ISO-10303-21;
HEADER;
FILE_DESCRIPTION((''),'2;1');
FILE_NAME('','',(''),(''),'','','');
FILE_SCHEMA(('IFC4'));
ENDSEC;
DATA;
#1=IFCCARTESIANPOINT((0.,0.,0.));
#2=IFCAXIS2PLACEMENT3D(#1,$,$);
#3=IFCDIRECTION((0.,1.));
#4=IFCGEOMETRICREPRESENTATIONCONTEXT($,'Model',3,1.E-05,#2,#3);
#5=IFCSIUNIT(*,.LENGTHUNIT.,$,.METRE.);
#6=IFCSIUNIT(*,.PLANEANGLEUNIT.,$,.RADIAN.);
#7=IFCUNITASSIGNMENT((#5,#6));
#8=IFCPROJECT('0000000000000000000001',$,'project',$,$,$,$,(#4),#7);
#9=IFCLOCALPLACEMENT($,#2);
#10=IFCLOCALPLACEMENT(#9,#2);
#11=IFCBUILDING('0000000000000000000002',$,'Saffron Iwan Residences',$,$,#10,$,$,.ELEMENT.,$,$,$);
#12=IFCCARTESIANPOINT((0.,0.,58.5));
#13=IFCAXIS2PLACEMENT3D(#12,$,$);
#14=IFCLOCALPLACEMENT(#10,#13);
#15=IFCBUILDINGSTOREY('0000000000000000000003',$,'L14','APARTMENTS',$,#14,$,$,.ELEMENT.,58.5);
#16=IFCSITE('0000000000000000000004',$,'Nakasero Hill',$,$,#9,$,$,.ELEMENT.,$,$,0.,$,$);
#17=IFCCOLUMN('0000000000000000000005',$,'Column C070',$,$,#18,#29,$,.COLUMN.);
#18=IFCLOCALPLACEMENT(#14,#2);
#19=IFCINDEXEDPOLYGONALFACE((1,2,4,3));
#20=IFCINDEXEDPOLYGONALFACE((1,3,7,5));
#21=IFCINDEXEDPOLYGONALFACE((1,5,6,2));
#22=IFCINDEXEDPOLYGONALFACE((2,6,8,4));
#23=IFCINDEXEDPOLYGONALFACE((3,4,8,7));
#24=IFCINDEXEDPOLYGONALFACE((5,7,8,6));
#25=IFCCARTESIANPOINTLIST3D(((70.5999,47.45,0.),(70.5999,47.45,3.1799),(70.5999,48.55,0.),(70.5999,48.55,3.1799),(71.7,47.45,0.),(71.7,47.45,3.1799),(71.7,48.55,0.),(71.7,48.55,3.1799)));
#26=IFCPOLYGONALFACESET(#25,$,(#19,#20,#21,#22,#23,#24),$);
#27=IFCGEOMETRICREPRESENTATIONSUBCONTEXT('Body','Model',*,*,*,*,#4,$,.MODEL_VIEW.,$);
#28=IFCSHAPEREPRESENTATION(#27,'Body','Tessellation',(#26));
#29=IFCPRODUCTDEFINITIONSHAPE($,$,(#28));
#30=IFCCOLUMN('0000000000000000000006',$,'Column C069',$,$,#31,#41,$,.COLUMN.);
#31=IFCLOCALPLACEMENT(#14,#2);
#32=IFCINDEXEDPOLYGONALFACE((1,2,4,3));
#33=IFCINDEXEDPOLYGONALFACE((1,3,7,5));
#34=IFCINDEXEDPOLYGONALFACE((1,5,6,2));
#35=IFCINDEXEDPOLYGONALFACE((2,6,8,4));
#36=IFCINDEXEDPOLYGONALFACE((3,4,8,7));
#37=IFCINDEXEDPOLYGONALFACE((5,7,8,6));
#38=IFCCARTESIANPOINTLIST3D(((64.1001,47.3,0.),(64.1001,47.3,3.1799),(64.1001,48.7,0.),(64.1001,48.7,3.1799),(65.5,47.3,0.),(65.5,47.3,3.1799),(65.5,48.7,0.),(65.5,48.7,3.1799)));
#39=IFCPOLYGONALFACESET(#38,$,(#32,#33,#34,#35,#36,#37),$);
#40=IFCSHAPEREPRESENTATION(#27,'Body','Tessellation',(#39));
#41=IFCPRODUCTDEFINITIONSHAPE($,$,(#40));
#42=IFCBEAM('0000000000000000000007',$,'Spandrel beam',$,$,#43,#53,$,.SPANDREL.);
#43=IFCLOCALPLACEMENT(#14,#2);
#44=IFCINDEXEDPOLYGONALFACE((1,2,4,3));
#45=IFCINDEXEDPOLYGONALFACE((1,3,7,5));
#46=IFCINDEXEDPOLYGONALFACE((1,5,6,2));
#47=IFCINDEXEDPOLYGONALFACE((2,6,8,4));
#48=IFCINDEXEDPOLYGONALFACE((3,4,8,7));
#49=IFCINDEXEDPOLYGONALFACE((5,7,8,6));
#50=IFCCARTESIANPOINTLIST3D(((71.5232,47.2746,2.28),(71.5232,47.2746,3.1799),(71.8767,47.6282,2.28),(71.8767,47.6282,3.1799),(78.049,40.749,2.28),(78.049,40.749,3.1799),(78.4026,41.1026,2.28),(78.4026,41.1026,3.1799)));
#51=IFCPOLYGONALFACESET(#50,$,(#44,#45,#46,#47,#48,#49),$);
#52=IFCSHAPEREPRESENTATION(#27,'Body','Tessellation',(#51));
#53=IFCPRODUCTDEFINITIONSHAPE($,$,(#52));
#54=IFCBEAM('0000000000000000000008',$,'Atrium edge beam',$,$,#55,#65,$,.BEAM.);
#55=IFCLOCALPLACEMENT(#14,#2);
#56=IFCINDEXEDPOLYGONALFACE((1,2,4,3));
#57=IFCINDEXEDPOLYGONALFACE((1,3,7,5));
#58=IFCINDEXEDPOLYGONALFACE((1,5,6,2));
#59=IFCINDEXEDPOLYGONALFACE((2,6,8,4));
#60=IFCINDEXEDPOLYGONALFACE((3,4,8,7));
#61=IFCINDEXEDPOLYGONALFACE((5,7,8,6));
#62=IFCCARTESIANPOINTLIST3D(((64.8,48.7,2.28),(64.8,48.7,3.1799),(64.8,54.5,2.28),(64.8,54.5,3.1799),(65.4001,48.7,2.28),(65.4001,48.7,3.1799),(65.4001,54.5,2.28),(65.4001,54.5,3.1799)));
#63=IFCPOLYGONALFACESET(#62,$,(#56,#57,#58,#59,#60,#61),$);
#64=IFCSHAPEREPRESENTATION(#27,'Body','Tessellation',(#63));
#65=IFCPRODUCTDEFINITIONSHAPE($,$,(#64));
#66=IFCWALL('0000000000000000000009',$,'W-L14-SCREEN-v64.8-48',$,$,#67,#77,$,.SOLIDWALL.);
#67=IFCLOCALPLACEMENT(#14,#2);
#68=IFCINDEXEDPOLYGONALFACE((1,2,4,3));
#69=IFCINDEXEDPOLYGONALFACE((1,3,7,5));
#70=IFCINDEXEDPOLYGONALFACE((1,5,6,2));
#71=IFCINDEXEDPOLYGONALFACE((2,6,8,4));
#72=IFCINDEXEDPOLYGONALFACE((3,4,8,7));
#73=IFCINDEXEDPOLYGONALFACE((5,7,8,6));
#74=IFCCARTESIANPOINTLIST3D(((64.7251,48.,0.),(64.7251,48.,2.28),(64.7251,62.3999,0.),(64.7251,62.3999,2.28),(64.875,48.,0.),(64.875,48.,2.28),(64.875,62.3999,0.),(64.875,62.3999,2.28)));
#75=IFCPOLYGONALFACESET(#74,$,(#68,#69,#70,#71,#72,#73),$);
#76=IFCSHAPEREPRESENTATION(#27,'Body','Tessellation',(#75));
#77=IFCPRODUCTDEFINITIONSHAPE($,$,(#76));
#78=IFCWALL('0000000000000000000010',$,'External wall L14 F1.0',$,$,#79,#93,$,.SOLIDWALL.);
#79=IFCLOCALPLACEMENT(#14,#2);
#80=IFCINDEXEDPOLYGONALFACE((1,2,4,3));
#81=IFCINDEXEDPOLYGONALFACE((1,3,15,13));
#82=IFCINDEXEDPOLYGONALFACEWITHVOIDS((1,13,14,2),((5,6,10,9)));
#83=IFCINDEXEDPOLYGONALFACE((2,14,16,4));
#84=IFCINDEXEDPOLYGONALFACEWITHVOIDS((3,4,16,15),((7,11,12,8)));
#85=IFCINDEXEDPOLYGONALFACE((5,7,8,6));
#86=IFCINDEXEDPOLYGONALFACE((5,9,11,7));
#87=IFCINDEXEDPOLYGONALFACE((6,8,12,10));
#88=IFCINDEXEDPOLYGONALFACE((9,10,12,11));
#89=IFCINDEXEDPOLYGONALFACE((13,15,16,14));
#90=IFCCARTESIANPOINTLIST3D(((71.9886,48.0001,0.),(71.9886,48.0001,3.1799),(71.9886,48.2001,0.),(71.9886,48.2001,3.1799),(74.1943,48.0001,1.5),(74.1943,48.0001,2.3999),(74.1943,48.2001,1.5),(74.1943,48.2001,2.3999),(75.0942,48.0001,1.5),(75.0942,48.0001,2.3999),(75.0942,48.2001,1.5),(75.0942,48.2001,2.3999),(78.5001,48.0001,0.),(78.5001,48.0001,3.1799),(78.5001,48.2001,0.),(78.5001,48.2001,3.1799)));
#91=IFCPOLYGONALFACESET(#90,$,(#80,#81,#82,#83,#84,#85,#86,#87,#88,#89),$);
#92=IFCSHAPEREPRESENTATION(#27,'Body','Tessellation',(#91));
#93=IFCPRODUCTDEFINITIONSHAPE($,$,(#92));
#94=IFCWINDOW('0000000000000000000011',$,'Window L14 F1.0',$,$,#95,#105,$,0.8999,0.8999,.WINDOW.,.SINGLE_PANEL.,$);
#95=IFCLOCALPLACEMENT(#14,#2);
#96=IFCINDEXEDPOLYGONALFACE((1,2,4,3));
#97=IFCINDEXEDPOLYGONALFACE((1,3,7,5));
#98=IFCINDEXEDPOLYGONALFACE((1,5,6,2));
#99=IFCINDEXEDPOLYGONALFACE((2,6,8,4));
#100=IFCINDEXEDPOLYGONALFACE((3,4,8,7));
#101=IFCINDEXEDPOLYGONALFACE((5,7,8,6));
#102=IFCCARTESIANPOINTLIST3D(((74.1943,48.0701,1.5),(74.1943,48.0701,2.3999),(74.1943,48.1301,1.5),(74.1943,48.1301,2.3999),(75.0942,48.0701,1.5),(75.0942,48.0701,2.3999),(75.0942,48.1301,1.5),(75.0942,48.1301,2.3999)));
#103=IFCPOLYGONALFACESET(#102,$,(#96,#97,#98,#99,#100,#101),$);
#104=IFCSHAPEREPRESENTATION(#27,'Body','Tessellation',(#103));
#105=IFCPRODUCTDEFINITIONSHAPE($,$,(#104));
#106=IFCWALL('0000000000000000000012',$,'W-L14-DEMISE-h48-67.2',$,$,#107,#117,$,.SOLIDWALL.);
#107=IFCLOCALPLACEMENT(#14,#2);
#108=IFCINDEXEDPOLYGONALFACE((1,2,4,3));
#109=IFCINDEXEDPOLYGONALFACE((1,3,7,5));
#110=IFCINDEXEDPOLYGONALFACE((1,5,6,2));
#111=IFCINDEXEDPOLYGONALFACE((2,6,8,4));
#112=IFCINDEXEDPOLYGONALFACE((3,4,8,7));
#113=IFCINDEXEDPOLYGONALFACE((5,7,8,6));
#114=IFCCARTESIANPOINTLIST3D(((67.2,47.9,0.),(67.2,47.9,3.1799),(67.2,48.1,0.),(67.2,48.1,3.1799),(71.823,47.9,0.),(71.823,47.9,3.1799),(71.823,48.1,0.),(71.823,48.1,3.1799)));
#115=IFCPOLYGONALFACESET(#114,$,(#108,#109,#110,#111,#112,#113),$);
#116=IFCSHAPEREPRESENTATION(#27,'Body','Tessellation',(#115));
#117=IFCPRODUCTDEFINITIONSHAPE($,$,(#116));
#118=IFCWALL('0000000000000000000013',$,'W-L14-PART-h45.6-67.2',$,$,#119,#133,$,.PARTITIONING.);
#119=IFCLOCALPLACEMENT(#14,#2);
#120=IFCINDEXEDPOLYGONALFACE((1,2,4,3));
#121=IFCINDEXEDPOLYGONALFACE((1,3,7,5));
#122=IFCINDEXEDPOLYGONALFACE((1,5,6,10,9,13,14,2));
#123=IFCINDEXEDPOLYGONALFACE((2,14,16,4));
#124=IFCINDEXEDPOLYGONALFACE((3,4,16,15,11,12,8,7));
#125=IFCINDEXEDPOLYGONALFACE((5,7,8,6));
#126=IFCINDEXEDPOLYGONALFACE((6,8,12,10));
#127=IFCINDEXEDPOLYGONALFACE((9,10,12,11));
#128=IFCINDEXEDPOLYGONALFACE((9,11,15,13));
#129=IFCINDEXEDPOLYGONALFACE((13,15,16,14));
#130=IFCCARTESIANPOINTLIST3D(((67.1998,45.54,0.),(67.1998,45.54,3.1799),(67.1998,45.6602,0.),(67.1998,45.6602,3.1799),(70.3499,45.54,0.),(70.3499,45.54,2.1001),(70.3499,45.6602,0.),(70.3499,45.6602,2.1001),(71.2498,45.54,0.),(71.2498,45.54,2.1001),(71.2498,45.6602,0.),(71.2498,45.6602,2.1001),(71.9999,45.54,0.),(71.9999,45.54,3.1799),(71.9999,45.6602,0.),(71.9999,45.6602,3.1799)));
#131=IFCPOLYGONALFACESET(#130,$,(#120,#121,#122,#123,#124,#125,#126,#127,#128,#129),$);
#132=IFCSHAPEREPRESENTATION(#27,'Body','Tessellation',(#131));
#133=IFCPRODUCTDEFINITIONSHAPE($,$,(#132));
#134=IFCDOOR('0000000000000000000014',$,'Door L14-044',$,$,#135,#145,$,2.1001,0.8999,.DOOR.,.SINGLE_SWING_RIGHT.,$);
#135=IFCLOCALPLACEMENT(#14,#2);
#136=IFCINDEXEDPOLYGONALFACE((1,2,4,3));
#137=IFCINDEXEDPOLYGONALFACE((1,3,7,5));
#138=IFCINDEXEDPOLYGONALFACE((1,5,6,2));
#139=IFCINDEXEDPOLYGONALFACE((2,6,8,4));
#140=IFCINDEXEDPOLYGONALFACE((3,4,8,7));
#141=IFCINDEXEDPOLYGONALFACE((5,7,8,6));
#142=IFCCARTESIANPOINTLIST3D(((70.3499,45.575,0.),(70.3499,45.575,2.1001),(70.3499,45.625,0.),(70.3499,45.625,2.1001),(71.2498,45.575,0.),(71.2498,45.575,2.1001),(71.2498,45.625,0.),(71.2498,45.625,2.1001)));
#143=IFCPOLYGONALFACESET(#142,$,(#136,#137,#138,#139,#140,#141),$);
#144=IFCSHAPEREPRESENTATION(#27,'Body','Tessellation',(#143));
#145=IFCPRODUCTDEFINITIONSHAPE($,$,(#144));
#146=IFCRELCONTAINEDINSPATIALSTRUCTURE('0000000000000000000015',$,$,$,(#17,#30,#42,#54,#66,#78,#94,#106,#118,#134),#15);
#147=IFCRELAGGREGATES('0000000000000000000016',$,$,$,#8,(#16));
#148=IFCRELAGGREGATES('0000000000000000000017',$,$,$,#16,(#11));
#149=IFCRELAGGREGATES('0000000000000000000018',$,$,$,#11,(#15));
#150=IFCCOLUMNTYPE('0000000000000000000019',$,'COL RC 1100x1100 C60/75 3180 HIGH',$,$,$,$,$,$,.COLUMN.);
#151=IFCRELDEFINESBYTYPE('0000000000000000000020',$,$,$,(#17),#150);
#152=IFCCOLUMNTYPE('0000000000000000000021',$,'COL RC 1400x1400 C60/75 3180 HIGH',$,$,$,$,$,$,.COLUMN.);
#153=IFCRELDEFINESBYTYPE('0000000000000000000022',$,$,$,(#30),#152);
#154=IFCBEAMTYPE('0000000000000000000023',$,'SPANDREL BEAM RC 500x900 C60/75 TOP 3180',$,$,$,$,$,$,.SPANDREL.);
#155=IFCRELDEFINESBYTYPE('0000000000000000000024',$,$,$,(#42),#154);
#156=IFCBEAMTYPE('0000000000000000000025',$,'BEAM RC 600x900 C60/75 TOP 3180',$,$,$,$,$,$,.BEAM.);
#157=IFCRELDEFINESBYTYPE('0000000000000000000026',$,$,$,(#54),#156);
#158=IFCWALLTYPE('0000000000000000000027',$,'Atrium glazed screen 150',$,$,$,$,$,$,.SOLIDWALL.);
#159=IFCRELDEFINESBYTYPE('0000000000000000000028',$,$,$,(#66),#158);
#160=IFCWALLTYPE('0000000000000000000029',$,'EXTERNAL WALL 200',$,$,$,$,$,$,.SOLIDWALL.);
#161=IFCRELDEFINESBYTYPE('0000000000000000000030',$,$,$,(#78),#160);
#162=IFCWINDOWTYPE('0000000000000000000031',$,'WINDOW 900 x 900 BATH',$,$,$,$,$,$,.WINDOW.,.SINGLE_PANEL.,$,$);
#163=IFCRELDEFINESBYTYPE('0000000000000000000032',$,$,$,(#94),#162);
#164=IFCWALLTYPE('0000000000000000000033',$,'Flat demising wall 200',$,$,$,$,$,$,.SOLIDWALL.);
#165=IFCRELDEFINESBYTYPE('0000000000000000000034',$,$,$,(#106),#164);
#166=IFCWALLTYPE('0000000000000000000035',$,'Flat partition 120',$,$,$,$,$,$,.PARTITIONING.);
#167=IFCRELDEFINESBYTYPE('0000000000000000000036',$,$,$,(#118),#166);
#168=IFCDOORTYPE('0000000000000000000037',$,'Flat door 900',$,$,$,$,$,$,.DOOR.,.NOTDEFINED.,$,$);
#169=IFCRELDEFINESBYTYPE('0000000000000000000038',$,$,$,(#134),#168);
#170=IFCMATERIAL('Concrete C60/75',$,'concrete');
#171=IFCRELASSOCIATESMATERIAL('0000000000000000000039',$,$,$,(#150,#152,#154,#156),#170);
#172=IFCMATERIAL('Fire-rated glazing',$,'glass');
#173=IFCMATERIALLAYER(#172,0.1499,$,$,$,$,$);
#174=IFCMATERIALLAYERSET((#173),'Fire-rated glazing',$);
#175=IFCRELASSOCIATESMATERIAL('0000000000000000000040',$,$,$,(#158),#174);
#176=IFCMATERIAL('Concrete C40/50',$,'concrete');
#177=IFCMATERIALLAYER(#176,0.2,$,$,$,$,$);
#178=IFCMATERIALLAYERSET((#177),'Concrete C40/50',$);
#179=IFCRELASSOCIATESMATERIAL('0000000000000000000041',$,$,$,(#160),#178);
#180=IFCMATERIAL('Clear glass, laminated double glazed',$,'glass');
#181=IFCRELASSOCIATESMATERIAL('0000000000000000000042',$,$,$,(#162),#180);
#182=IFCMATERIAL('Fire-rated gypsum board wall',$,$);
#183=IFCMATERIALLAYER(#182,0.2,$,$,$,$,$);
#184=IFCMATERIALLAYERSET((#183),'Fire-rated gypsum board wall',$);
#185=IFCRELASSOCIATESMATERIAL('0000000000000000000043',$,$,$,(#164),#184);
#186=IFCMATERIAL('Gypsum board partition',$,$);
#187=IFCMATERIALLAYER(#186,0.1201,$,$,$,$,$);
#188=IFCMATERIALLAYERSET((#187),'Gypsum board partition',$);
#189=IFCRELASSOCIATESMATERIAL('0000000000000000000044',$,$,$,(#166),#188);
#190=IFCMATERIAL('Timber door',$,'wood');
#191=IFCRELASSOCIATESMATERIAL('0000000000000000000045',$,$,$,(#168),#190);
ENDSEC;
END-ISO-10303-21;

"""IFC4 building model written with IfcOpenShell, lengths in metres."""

from ifc_helpers import new_model, si_unit, direction, frame, frame_2d, origin, origin_2d, place, context, subcontext, project, spatial, rectangle, extrude, source, transform, mapped, material, layer, layer_set, material_profile, profile_set, type_object, element, fill, save


model = new_model("IFC4")

# Units and contexts
model_context = context("Model", 3, precision=1e-05, world=origin(), true_north=direction((0.0, 1.0)))
body_context = subcontext(model_context, "Body", "Model", "MODEL_VIEW")
ifc_project = project(units=[si_unit("LENGTHUNIT", "METRE"), si_unit("PLANEANGLEUNIT", "RADIAN")], contexts=[model_context])

# Site, building, storey
site_placement = place(None, origin())
site = spatial("IfcSite", under=ifc_project, at=site_placement, Name="Nakasero Hill", CompositionType="ELEMENT", RefElevation=0.0)
building_placement = place(site_placement, origin())
building = spatial("IfcBuilding", under=site, at=building_placement, Name="Saffron Iwan Residences", CompositionType="ELEMENT")
storey_placement = place(building_placement, frame((0.0, 0.0, 58.5)))
storey = spatial("IfcBuildingStorey", under=building, at=storey_placement, Name="L14", Description="APARTMENTS", CompositionType="ELEMENT", Elevation=58.5)

# Columns
ifc_material_1 = material(Name="Concrete C60/75", Category="concrete")
ifc_material_profile_1 = material_profile(ifc_material_1, rectangle(XDim=1.1001, YDim=1.1001, at=origin_2d()), Name="RC 1100x1100")
ifc_profile_set_1 = profile_set([ifc_material_profile_1], Name="Concrete C60/75")
column_type_1 = type_object("IfcColumnType", Name="COL RC 1100x1100 C60/75 3180 HIGH", PredefinedType="COLUMN", material=ifc_profile_set_1)
shared_shape_1 = source(origin(), body_context, "Body", "SweptSolid", [
    extrude(rectangle(XDim=1.1001, YDim=1.1001, at=origin_2d()), origin(), (0.0, 0.0, 1.0), 3.1799),
])
column_1_placement = place(storey_placement, frame((71.1499, 48.0, 0.0), z_axis=(0.0, 0.0, 1.0), x_axis=(1.0, 0.0, 0.0)))
element("IfcColumn", 1, at=column_1_placement, inside=storey, type_object=column_type_1, Name="Column C070", PredefinedType="COLUMN", context=body_context, shape_type="MappedRepresentation", body=[
    mapped(shared_shape_1, transform((0.0, 0.0, 0.0))),
])
ifc_material_profile_2 = material_profile(ifc_material_1, rectangle(XDim=1.3999, YDim=1.3999, at=origin_2d()), Name="RC 1400x1400")
ifc_profile_set_2 = profile_set([ifc_material_profile_2], Name="Concrete C60/75")
column_type_2 = type_object("IfcColumnType", Name="COL RC 1400x1400 C60/75 3180 HIGH", PredefinedType="COLUMN", material=ifc_profile_set_2)
shared_shape_2 = source(origin(), body_context, "Body", "SweptSolid", [
    extrude(rectangle(XDim=1.3999, YDim=1.3999, at=origin_2d()), origin(), (0.0, 0.0, 1.0), 3.1799),
])
column_2_placement = place(storey_placement, frame((64.8, 48.0, 0.0), z_axis=(0.0, 0.0, 1.0), x_axis=(1.0, 0.0, 0.0)))
element("IfcColumn", 2, at=column_2_placement, inside=storey, type_object=column_type_2, Name="Column C069", PredefinedType="COLUMN", context=body_context, shape_type="MappedRepresentation", body=[
    mapped(shared_shape_2, transform((0.0, 0.0, 0.0))),
])

# Beams
ifc_material_profile_3 = material_profile(ifc_material_1, rectangle(XDim=0.5, YDim=0.8999, at=origin_2d()), Name="RC 500x900")
ifc_profile_set_3 = profile_set([ifc_material_profile_3], Name="Concrete C60/75")
beam_type_1 = type_object("IfcBeamType", Name="SPANDREL BEAM RC 500x900 C60/75 TOP 3180", PredefinedType="SPANDREL", material=ifc_profile_set_3)
shared_shape_3 = source(origin(), body_context, "Body", "SweptSolid", [
    extrude(rectangle(XDim=0.5, YDim=0.8999, at=origin_2d()), origin(), (0.0, 0.0, 1.0), 9.2288),
])
beam_1_placement = place(storey_placement, frame((71.7, 47.4514, 2.73), z_axis=(0.70712, -0.707094, 0.0), x_axis=(0.707094, 0.70712, 0.0)))
element("IfcBeam", 3, at=beam_1_placement, inside=storey, type_object=beam_type_1, Name="Spandrel beam", PredefinedType="SPANDREL", context=body_context, shape_type="MappedRepresentation", body=[
    mapped(shared_shape_3, transform((0.0, 0.0, 0.0))),
])
ifc_material_profile_4 = material_profile(ifc_material_1, rectangle(XDim=0.6001, YDim=0.8999, at=origin_2d()), Name="RC 600x900")
ifc_profile_set_4 = profile_set([ifc_material_profile_4], Name="Concrete C60/75")
beam_type_2 = type_object("IfcBeamType", Name="BEAM RC 600x900 C60/75 TOP 3180", PredefinedType="BEAM", material=ifc_profile_set_4)
shared_shape_4 = source(origin(), body_context, "Body", "SweptSolid", [
    extrude(rectangle(XDim=0.6001, YDim=0.8999, at=origin_2d()), origin(), (0.0, 0.0, 1.0), 5.8),
])
beam_2_placement = place(storey_placement, frame((65.1001, 54.5, 2.73), z_axis=(0.0, -1.0, 0.0), x_axis=(1.0, 0.0, 0.0)))
element("IfcBeam", 4, at=beam_2_placement, inside=storey, type_object=beam_type_2, Name="Atrium edge beam", PredefinedType="BEAM", context=body_context, shape_type="MappedRepresentation", body=[
    mapped(shared_shape_4, transform((0.0, 0.0, 0.0))),
])

# Wall
ifc_material_2 = material(Name="Fire-rated glazing", Category="glass")
ifc_layer_1 = layer(ifc_material_2, 0.1499)
ifc_layer_set_1 = layer_set([ifc_layer_1], Name="Fire-rated glazing")
wall_type_1 = type_object("IfcWallType", Name="Atrium glazed screen 150", PredefinedType="SOLIDWALL", material=ifc_layer_set_1)
wall_1_placement = place(storey_placement, frame((64.8, 48.0, 0.0), z_axis=(0.0, 0.0, 1.0), x_axis=(0.0, 1.0, 0.0)))
element("IfcWall", 5, at=wall_1_placement, inside=storey, type_object=wall_type_1, Name="W-L14-SCREEN-v64.8-48", PredefinedType="SOLIDWALL", context=body_context, shape_type="SweptSolid", body=[
    extrude(rectangle(XDim=14.3999, YDim=0.1499, at=frame_2d((7.2, 0.0))), origin(), (0.0, 0.0, 1.0), 2.28),
])

# Wall, opening, window
ifc_material_3 = material(Name="Concrete C40/50", Category="concrete")
ifc_layer_2 = layer(ifc_material_3, 0.2)
ifc_layer_set_2 = layer_set([ifc_layer_2], Name="Concrete C40/50")
wall_type_2 = type_object("IfcWallType", Name="EXTERNAL WALL 200", PredefinedType="SOLIDWALL", material=ifc_layer_set_2)
wall_2_placement = place(storey_placement, frame((71.9885, 48.1001, 0.0), z_axis=(0.0, 0.0, 1.0), x_axis=(1.0, 0.0, 0.0)))
wall_2 = element("IfcWall", 6, at=wall_2_placement, inside=storey, type_object=wall_type_2, Name="External wall L14 F1.0", PredefinedType="SOLIDWALL", context=body_context, shape_type="SweptSolid", body=[
    extrude(rectangle(XDim=6.5115, YDim=0.2, at=frame_2d((3.2559, 0.0))), origin(), (0.0, 0.0, 1.0), 3.1799),
])
opening_1_placement = place(wall_2_placement, frame((2.2058, 0.0, 1.5)))
opening_1 = element("IfcOpeningElement", 7, at=opening_1_placement, cuts=wall_2, PredefinedType="OPENING", context=body_context, shape_type="SweptSolid", body=[
    extrude(rectangle(XDim=0.8999, YDim=0.8999, at=frame_2d((0.45, 0.45))), frame((0.0, 0.1099, 0.0), z_axis=(0.0, -1.0, 0.0), x_axis=(1.0, 0.0, 0.0)), (0.0, 0.0, 1.0), 0.22),
])
ifc_material_4 = material(Name="Clear glass, laminated double glazed", Category="glass")
window_type = type_object("IfcWindowType", Name="WINDOW 900 x 900 BATH", PartitioningType="SINGLE_PANEL", PredefinedType="WINDOW", material=ifc_material_4)
window_placement = place(opening_1_placement, origin())
window = element("IfcWindow", 8, at=window_placement, inside=storey, type_object=window_type, Name="Window L14 F1.0", OverallHeight=0.8999, OverallWidth=0.8999, PartitioningType="SINGLE_PANEL", PredefinedType="WINDOW", context=body_context, shape_type="SweptSolid", body=[
    extrude(rectangle(XDim=0.8999, YDim=0.8999, at=frame_2d((0.45, 0.45))), frame((0.0, 0.03, 0.0), z_axis=(0.0, -1.0, 0.0), x_axis=(1.0, 0.0, 0.0)), (0.0, 0.0, 1.0), 0.0601),
])
fill(opening_1, window)

# Wall
ifc_material_5 = material(Name="Fire-rated gypsum board wall")
ifc_layer_3 = layer(ifc_material_5, 0.2)
ifc_layer_set_3 = layer_set([ifc_layer_3], Name="Fire-rated gypsum board wall")
wall_type_3 = type_object("IfcWallType", Name="Flat demising wall 200", PredefinedType="SOLIDWALL", material=ifc_layer_set_3)
wall_3_placement = place(storey_placement, frame((67.2, 48.0, 0.0), z_axis=(0.0, 0.0, 1.0), x_axis=(1.0, 0.0, 0.0)))
element("IfcWall", 9, at=wall_3_placement, inside=storey, type_object=wall_type_3, Name="W-L14-DEMISE-h48-67.2", PredefinedType="SOLIDWALL", context=body_context, shape_type="SweptSolid", body=[
    extrude(rectangle(XDim=4.623, YDim=0.2, at=frame_2d((2.3115, 0.0))), origin(), (0.0, 0.0, 1.0), 3.1799),
])

# Wall, opening, door
ifc_material_6 = material(Name="Gypsum board partition")
ifc_layer_4 = layer(ifc_material_6, 0.1201)
ifc_layer_set_4 = layer_set([ifc_layer_4], Name="Gypsum board partition")
wall_type_4 = type_object("IfcWallType", Name="Flat partition 120", PredefinedType="PARTITIONING", material=ifc_layer_set_4)
wall_4_placement = place(storey_placement, frame((67.2, 45.6001, 0.0), z_axis=(0.0, 0.0, 1.0), x_axis=(1.0, 0.0, 0.0)))
wall_4 = element("IfcWall", 10, at=wall_4_placement, inside=storey, type_object=wall_type_4, Name="W-L14-PART-h45.6-67.2", PredefinedType="PARTITIONING", context=body_context, shape_type="SweptSolid", body=[
    extrude(rectangle(XDim=4.8, YDim=0.1201, at=frame_2d((2.3999, 0.0))), origin(), (0.0, 0.0, 1.0), 3.1799),
])
opening_2_placement = place(wall_4_placement, frame((3.1499, 0.0, 0.0)))
opening_2 = element("IfcOpeningElement", 11, at=opening_2_placement, cuts=wall_4, PredefinedType="OPENING", context=body_context, shape_type="SweptSolid", body=[
    extrude(rectangle(XDim=0.8999, YDim=2.1001, at=frame_2d((0.45, 1.05))), frame((0.0, 0.0701, 0.0), z_axis=(0.0, -1.0, 0.0), x_axis=(1.0, 0.0, 0.0)), (0.0, 0.0, 1.0), 0.1401),
])
ifc_material_7 = material(Name="Timber door", Category="wood")
door_type_1 = type_object("IfcDoorType", Name="Flat door 900", OperationType="NOTDEFINED", PredefinedType="DOOR", material=ifc_material_7)
door_1_placement = place(opening_2_placement, origin())
door_1 = element("IfcDoor", 12, at=door_1_placement, inside=storey, type_object=door_type_1, Name="Door L14-044", OperationType="SINGLE_SWING_RIGHT", OverallHeight=2.1001, OverallWidth=0.8999, PredefinedType="DOOR", context=body_context, shape_type="SweptSolid", body=[
    extrude(rectangle(XDim=0.8999, YDim=2.1001, at=frame_2d((0.45, 1.05))), frame((0.0, 0.0249, 0.0), z_axis=(0.0, -1.0, 0.0), x_axis=(1.0, 0.0, 0.0)), (0.0, 0.0, 1.0), 0.05),
])
fill(opening_2, door_1)

save(model, "model.ifc")
